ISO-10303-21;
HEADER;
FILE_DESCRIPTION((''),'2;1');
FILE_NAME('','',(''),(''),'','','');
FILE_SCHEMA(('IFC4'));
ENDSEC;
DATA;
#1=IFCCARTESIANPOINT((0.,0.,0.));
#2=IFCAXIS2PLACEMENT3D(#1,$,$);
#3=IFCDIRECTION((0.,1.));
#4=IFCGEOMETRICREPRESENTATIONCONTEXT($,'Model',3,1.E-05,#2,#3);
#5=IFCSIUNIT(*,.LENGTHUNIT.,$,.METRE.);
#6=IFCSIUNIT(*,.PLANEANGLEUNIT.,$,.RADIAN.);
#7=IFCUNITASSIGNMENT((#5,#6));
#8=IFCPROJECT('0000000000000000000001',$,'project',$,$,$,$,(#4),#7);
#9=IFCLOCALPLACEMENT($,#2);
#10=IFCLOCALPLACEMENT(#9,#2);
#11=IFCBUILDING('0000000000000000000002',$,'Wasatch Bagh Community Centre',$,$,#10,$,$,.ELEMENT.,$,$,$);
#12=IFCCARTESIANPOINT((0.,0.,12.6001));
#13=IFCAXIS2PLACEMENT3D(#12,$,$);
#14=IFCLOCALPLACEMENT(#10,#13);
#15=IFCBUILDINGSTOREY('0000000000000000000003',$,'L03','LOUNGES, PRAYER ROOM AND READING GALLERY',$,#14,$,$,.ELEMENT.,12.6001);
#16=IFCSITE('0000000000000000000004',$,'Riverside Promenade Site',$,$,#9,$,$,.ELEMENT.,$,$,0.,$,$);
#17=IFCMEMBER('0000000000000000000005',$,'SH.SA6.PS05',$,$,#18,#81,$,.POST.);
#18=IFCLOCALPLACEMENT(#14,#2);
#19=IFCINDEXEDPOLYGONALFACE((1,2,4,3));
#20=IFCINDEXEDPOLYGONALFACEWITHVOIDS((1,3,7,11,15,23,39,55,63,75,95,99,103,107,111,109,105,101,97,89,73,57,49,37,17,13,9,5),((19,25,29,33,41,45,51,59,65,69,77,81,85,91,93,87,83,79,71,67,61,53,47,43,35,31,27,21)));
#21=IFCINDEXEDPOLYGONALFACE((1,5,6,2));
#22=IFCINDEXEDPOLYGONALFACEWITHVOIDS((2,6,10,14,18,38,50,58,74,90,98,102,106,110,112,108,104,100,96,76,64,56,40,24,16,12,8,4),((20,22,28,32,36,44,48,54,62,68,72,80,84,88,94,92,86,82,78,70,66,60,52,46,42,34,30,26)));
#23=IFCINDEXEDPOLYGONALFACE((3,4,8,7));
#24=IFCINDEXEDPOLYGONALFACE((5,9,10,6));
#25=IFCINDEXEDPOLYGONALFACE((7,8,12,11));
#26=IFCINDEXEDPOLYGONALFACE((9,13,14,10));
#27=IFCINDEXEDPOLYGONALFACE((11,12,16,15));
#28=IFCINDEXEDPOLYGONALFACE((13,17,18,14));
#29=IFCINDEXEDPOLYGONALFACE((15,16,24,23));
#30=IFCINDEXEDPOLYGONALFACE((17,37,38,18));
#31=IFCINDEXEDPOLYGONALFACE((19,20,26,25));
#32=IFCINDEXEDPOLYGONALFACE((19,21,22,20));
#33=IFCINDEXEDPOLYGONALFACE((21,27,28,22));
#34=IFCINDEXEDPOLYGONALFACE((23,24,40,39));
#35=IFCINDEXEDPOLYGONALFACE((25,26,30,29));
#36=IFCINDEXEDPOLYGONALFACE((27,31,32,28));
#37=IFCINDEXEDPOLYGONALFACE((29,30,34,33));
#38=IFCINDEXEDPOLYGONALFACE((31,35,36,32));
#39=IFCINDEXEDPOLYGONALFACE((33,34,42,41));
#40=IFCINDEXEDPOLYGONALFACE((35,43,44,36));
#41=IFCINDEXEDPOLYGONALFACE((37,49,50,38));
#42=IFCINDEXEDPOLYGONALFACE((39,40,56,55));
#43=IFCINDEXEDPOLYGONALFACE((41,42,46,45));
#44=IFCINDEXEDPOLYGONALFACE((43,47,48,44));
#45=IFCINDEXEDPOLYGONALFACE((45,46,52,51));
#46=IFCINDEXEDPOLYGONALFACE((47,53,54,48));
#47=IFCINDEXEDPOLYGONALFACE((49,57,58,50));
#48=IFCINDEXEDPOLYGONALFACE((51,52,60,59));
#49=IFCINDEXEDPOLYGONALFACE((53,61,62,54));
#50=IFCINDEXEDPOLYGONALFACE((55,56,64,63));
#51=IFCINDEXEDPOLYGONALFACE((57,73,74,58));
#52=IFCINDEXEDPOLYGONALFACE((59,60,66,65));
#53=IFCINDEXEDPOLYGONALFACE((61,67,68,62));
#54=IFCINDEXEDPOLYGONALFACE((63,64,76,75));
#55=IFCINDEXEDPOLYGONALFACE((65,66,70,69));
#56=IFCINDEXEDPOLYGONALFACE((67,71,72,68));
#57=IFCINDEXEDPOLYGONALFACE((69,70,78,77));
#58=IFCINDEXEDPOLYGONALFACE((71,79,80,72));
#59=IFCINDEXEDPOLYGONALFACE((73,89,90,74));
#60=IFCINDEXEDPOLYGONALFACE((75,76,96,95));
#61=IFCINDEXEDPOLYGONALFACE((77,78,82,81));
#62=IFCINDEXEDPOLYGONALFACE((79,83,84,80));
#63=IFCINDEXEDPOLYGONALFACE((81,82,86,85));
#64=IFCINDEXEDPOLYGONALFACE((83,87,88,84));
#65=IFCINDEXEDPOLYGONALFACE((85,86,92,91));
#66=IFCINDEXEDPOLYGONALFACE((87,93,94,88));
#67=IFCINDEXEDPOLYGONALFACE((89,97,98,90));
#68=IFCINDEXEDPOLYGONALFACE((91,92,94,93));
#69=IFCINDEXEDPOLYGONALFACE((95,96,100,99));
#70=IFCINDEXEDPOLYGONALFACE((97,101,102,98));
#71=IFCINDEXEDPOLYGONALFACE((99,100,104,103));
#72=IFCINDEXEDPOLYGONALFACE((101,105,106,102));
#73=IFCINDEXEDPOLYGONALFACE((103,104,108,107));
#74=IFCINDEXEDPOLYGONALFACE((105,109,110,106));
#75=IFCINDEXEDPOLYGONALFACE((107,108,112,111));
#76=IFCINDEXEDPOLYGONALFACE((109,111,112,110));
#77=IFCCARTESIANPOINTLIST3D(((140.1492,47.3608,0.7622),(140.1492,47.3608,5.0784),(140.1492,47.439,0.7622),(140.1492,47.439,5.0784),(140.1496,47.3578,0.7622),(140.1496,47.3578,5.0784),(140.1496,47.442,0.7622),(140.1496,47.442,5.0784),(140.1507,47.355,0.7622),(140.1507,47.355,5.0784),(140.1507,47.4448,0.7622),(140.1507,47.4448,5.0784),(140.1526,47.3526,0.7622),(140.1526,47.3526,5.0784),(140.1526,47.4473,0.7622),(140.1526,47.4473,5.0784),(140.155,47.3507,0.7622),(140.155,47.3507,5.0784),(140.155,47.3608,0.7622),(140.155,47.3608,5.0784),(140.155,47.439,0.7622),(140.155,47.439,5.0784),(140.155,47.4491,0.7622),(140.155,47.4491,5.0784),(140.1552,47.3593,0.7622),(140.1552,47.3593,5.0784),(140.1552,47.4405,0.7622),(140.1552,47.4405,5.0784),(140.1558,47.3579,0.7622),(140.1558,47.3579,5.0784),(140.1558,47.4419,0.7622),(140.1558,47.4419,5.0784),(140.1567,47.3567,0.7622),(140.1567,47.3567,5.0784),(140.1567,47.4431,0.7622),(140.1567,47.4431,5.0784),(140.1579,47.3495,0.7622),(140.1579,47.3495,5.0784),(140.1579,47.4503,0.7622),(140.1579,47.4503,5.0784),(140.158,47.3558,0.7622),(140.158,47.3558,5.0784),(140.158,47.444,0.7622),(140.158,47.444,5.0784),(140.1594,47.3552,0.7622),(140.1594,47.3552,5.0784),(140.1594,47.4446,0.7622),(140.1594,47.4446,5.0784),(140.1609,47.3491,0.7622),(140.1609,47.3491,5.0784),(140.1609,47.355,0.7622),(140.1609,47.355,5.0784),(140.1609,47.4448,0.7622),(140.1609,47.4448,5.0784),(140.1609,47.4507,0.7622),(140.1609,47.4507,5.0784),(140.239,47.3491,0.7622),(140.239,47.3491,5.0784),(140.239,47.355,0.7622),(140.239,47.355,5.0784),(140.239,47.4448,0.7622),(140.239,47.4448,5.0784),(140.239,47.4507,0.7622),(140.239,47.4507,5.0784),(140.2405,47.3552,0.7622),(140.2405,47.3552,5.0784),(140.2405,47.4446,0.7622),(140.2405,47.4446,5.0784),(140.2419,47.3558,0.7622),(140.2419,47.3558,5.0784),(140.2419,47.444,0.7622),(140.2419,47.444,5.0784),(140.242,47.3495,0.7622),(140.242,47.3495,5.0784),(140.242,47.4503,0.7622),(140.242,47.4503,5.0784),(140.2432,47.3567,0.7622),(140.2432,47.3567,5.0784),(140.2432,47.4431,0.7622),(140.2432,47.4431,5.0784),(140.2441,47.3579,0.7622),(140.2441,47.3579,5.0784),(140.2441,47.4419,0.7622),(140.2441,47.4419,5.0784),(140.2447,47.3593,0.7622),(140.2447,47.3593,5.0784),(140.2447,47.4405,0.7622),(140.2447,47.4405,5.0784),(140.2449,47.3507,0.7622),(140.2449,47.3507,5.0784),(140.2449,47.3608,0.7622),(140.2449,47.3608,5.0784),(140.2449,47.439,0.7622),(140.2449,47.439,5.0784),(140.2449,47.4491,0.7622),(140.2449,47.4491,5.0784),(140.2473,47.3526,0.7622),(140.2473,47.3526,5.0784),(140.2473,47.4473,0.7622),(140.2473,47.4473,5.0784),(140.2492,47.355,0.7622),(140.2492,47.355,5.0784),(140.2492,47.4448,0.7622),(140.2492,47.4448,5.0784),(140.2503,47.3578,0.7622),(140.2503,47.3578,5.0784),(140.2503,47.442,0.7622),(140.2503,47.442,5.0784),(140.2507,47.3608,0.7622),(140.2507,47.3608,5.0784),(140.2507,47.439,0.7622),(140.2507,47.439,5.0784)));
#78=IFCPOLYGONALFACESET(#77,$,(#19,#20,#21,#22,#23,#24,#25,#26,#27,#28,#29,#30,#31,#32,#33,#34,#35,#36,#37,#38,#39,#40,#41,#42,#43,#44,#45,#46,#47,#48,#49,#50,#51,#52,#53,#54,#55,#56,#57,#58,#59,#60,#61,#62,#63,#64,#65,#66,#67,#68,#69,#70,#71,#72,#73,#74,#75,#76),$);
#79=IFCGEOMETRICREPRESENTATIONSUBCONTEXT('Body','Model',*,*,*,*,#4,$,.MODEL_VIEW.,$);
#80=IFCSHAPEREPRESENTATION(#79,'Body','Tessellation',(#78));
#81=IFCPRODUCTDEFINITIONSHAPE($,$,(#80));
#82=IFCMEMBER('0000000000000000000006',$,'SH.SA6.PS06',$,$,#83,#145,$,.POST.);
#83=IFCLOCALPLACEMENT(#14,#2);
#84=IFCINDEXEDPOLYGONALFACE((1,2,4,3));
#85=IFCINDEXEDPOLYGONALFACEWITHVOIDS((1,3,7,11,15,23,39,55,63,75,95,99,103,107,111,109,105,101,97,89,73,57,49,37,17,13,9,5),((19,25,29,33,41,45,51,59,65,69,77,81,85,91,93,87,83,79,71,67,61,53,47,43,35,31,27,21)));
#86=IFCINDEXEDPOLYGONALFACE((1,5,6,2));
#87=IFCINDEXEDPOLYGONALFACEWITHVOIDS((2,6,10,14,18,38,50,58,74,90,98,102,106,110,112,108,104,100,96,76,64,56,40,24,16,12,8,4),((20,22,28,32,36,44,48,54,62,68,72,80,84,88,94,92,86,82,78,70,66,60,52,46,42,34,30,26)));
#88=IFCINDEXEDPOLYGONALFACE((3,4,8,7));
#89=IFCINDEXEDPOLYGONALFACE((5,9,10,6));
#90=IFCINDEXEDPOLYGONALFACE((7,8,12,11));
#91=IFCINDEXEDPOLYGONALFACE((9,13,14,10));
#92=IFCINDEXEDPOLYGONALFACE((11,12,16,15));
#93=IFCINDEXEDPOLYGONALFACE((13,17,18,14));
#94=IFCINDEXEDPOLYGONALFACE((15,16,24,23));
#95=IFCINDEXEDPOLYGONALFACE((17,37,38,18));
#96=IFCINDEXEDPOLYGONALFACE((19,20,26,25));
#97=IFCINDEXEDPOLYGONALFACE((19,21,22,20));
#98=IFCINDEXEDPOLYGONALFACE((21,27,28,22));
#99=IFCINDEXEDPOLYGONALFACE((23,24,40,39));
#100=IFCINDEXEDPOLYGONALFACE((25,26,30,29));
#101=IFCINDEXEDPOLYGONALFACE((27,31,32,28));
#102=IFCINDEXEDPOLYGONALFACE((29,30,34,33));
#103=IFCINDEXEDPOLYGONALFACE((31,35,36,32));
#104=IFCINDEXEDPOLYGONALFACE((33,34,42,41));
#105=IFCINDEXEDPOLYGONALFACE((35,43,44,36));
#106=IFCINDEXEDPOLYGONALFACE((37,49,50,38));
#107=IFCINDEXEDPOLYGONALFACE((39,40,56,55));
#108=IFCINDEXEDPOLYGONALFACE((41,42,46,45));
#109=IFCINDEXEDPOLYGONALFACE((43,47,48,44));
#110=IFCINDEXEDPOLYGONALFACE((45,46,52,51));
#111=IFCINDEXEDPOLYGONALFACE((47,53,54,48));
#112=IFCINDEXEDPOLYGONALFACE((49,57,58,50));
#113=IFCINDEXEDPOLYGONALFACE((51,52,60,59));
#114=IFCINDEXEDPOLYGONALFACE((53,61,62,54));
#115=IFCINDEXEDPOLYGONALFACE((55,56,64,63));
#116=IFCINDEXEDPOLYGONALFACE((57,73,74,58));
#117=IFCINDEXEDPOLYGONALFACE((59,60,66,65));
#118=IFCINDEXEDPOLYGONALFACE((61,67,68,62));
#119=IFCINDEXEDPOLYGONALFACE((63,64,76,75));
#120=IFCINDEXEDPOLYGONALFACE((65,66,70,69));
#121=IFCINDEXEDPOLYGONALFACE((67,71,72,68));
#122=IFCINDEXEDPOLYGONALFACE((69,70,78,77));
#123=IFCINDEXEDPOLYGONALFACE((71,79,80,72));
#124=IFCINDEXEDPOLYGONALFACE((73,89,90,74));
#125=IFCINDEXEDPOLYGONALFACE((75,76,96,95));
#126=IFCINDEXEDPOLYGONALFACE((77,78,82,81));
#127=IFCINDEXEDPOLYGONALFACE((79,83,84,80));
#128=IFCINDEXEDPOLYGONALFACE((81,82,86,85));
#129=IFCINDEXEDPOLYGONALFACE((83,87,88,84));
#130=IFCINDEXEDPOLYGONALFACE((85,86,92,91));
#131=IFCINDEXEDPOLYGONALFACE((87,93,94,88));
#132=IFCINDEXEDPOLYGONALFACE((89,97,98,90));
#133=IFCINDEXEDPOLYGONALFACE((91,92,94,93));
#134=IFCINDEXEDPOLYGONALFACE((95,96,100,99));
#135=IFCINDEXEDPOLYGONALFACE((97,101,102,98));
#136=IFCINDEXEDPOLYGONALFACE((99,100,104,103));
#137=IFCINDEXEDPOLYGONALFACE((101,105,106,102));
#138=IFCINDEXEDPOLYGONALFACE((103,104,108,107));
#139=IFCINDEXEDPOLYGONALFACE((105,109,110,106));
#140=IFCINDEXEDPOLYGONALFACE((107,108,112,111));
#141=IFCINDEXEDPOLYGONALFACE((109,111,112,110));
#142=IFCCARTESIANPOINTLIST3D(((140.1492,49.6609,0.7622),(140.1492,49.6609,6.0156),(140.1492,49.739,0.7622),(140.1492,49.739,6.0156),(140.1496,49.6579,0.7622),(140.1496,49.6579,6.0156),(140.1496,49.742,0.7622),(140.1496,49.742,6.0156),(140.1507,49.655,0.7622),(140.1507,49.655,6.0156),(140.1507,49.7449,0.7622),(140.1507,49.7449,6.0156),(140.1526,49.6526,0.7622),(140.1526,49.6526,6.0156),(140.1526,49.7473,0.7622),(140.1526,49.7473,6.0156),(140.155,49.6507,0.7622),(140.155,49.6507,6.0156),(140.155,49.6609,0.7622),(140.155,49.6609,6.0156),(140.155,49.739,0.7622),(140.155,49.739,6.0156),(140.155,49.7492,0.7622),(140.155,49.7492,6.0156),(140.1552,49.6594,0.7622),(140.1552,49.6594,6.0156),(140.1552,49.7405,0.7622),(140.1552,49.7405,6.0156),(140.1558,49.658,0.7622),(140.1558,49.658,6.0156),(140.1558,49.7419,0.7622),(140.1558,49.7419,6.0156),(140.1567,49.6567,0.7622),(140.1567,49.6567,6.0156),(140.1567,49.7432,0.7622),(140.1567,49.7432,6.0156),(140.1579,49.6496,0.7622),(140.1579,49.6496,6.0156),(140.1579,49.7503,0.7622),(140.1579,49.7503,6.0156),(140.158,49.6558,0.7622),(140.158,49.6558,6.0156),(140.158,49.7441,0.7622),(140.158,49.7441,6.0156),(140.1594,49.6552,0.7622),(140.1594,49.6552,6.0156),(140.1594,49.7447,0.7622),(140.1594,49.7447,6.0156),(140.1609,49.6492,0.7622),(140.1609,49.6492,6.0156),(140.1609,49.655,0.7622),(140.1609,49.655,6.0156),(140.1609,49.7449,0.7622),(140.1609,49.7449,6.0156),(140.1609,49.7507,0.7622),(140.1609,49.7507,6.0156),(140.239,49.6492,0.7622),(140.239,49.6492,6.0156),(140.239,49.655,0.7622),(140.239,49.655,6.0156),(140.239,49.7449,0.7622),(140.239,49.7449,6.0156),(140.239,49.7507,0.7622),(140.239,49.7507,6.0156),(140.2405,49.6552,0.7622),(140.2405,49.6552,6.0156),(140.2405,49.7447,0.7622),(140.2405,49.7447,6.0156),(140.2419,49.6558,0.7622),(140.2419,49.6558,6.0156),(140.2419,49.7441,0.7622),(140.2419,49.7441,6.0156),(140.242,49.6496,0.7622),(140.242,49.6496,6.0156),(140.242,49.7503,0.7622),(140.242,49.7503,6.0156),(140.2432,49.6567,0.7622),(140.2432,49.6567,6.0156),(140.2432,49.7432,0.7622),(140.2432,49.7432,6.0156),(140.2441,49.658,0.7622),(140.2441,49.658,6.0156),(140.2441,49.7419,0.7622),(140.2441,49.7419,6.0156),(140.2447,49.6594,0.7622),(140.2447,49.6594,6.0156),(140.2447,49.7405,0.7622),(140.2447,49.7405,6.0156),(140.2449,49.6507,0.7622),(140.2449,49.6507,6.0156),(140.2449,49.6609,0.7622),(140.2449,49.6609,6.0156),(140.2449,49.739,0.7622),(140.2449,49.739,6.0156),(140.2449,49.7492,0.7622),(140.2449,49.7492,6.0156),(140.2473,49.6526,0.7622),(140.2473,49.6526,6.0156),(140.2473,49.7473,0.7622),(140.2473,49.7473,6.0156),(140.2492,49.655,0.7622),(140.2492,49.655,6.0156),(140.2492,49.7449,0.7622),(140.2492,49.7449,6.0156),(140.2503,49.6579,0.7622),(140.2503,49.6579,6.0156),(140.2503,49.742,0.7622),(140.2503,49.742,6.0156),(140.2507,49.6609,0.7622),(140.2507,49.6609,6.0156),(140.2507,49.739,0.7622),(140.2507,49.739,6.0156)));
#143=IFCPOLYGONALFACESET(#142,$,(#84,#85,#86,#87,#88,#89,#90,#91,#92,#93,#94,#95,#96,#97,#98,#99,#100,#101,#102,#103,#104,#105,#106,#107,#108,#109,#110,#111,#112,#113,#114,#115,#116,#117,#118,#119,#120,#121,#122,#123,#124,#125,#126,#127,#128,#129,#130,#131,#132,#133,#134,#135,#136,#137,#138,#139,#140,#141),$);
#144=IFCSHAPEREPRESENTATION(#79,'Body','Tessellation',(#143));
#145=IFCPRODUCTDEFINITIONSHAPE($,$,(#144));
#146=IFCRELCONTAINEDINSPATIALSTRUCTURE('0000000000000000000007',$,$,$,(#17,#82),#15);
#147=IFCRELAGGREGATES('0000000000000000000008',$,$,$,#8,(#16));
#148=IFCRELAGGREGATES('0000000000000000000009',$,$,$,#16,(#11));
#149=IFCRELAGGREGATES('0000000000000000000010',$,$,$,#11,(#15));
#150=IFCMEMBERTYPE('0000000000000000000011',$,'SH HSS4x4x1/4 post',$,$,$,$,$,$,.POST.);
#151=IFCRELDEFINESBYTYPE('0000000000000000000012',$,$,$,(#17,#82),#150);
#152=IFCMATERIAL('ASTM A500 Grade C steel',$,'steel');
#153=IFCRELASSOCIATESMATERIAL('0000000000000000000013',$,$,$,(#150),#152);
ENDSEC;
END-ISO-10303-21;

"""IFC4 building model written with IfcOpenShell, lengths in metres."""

from ifc_helpers import new_model, si_unit, direction, frame, origin, origin_2d, place, context, subcontext, project, spatial, hollow_rectangle, extrude, material, material_profile, profile_set, type_object, element, save


model = new_model("IFC4")

# Units and contexts
model_context = context("Model", 3, precision=1e-05, world=origin(), true_north=direction((0.0, 1.0)))
body_context = subcontext(model_context, "Body", "Model", "MODEL_VIEW")
ifc_project = project(units=[si_unit("LENGTHUNIT", "METRE"), si_unit("PLANEANGLEUNIT", "RADIAN")], contexts=[model_context])

# Site, building, storey
site_placement = place(None, origin())
site = spatial("IfcSite", under=ifc_project, at=site_placement, Name="Riverside Promenade Site", CompositionType="ELEMENT", RefElevation=0.0)
building_placement = place(site_placement, origin())
building = spatial("IfcBuilding", under=site, at=building_placement, Name="Wasatch Bagh Community Centre", CompositionType="ELEMENT")
storey_placement = place(building_placement, frame((0.0, 0.0, 12.6001)))
storey = spatial("IfcBuildingStorey", under=building, at=storey_placement, Name="L03", Description="LOUNGES, PRAYER ROOM AND READING GALLERY", CompositionType="ELEMENT", Elevation=12.6001)

# Members
ifc_material_1 = material(Name="ASTM A500 Grade C steel", Category="steel")
ifc_material_profile_1 = material_profile(ifc_material_1, hollow_rectangle(XDim=0.1016, YDim=0.1016, WallThickness=0.0059, InnerFilletRadius=0.0059, OuterFilletRadius=0.0117, at=origin_2d()), Name="HSS4x4x1/4")
ifc_profile_set_1 = profile_set([ifc_material_profile_1], Name="ASTM A500 Grade C steel")
member_type_1 = type_object("IfcMemberType", Name="SH HSS4x4x1/4 post", PredefinedType="POST", material=ifc_profile_set_1)
member_1_placement = place(storey_placement, frame((140.2, 47.3999, 0.7622), z_axis=(0.0, 0.0, 1.0), x_axis=(1.0, 0.0, 0.0)))
element("IfcMember", 1, at=member_1_placement, inside=storey, type_object=member_type_1, Name="SH.SA6.PS05", PredefinedType="POST", context=body_context, shape_type="SweptSolid", body=[
    extrude(hollow_rectangle(XDim=0.1016, YDim=0.1016, WallThickness=0.0059, InnerFilletRadius=0.0059, OuterFilletRadius=0.0117, at=origin_2d()), origin(), (0.0, 0.0, 1.0), 4.3162),
])
member_2_placement = place(storey_placement, frame((140.2, 49.7, 0.7622), z_axis=(0.0, 0.0, 1.0), x_axis=(1.0, 0.0, 0.0)))
element("IfcMember", 2, at=member_2_placement, inside=storey, type_object=member_type_1, Name="SH.SA6.PS06", PredefinedType="POST", context=body_context, shape_type="SweptSolid", body=[
    extrude(hollow_rectangle(XDim=0.1016, YDim=0.1016, WallThickness=0.0059, InnerFilletRadius=0.0059, OuterFilletRadius=0.0117, at=origin_2d()), origin(), (0.0, 0.0, 1.0), 5.2534),
])

save(model, "model.ifc")
